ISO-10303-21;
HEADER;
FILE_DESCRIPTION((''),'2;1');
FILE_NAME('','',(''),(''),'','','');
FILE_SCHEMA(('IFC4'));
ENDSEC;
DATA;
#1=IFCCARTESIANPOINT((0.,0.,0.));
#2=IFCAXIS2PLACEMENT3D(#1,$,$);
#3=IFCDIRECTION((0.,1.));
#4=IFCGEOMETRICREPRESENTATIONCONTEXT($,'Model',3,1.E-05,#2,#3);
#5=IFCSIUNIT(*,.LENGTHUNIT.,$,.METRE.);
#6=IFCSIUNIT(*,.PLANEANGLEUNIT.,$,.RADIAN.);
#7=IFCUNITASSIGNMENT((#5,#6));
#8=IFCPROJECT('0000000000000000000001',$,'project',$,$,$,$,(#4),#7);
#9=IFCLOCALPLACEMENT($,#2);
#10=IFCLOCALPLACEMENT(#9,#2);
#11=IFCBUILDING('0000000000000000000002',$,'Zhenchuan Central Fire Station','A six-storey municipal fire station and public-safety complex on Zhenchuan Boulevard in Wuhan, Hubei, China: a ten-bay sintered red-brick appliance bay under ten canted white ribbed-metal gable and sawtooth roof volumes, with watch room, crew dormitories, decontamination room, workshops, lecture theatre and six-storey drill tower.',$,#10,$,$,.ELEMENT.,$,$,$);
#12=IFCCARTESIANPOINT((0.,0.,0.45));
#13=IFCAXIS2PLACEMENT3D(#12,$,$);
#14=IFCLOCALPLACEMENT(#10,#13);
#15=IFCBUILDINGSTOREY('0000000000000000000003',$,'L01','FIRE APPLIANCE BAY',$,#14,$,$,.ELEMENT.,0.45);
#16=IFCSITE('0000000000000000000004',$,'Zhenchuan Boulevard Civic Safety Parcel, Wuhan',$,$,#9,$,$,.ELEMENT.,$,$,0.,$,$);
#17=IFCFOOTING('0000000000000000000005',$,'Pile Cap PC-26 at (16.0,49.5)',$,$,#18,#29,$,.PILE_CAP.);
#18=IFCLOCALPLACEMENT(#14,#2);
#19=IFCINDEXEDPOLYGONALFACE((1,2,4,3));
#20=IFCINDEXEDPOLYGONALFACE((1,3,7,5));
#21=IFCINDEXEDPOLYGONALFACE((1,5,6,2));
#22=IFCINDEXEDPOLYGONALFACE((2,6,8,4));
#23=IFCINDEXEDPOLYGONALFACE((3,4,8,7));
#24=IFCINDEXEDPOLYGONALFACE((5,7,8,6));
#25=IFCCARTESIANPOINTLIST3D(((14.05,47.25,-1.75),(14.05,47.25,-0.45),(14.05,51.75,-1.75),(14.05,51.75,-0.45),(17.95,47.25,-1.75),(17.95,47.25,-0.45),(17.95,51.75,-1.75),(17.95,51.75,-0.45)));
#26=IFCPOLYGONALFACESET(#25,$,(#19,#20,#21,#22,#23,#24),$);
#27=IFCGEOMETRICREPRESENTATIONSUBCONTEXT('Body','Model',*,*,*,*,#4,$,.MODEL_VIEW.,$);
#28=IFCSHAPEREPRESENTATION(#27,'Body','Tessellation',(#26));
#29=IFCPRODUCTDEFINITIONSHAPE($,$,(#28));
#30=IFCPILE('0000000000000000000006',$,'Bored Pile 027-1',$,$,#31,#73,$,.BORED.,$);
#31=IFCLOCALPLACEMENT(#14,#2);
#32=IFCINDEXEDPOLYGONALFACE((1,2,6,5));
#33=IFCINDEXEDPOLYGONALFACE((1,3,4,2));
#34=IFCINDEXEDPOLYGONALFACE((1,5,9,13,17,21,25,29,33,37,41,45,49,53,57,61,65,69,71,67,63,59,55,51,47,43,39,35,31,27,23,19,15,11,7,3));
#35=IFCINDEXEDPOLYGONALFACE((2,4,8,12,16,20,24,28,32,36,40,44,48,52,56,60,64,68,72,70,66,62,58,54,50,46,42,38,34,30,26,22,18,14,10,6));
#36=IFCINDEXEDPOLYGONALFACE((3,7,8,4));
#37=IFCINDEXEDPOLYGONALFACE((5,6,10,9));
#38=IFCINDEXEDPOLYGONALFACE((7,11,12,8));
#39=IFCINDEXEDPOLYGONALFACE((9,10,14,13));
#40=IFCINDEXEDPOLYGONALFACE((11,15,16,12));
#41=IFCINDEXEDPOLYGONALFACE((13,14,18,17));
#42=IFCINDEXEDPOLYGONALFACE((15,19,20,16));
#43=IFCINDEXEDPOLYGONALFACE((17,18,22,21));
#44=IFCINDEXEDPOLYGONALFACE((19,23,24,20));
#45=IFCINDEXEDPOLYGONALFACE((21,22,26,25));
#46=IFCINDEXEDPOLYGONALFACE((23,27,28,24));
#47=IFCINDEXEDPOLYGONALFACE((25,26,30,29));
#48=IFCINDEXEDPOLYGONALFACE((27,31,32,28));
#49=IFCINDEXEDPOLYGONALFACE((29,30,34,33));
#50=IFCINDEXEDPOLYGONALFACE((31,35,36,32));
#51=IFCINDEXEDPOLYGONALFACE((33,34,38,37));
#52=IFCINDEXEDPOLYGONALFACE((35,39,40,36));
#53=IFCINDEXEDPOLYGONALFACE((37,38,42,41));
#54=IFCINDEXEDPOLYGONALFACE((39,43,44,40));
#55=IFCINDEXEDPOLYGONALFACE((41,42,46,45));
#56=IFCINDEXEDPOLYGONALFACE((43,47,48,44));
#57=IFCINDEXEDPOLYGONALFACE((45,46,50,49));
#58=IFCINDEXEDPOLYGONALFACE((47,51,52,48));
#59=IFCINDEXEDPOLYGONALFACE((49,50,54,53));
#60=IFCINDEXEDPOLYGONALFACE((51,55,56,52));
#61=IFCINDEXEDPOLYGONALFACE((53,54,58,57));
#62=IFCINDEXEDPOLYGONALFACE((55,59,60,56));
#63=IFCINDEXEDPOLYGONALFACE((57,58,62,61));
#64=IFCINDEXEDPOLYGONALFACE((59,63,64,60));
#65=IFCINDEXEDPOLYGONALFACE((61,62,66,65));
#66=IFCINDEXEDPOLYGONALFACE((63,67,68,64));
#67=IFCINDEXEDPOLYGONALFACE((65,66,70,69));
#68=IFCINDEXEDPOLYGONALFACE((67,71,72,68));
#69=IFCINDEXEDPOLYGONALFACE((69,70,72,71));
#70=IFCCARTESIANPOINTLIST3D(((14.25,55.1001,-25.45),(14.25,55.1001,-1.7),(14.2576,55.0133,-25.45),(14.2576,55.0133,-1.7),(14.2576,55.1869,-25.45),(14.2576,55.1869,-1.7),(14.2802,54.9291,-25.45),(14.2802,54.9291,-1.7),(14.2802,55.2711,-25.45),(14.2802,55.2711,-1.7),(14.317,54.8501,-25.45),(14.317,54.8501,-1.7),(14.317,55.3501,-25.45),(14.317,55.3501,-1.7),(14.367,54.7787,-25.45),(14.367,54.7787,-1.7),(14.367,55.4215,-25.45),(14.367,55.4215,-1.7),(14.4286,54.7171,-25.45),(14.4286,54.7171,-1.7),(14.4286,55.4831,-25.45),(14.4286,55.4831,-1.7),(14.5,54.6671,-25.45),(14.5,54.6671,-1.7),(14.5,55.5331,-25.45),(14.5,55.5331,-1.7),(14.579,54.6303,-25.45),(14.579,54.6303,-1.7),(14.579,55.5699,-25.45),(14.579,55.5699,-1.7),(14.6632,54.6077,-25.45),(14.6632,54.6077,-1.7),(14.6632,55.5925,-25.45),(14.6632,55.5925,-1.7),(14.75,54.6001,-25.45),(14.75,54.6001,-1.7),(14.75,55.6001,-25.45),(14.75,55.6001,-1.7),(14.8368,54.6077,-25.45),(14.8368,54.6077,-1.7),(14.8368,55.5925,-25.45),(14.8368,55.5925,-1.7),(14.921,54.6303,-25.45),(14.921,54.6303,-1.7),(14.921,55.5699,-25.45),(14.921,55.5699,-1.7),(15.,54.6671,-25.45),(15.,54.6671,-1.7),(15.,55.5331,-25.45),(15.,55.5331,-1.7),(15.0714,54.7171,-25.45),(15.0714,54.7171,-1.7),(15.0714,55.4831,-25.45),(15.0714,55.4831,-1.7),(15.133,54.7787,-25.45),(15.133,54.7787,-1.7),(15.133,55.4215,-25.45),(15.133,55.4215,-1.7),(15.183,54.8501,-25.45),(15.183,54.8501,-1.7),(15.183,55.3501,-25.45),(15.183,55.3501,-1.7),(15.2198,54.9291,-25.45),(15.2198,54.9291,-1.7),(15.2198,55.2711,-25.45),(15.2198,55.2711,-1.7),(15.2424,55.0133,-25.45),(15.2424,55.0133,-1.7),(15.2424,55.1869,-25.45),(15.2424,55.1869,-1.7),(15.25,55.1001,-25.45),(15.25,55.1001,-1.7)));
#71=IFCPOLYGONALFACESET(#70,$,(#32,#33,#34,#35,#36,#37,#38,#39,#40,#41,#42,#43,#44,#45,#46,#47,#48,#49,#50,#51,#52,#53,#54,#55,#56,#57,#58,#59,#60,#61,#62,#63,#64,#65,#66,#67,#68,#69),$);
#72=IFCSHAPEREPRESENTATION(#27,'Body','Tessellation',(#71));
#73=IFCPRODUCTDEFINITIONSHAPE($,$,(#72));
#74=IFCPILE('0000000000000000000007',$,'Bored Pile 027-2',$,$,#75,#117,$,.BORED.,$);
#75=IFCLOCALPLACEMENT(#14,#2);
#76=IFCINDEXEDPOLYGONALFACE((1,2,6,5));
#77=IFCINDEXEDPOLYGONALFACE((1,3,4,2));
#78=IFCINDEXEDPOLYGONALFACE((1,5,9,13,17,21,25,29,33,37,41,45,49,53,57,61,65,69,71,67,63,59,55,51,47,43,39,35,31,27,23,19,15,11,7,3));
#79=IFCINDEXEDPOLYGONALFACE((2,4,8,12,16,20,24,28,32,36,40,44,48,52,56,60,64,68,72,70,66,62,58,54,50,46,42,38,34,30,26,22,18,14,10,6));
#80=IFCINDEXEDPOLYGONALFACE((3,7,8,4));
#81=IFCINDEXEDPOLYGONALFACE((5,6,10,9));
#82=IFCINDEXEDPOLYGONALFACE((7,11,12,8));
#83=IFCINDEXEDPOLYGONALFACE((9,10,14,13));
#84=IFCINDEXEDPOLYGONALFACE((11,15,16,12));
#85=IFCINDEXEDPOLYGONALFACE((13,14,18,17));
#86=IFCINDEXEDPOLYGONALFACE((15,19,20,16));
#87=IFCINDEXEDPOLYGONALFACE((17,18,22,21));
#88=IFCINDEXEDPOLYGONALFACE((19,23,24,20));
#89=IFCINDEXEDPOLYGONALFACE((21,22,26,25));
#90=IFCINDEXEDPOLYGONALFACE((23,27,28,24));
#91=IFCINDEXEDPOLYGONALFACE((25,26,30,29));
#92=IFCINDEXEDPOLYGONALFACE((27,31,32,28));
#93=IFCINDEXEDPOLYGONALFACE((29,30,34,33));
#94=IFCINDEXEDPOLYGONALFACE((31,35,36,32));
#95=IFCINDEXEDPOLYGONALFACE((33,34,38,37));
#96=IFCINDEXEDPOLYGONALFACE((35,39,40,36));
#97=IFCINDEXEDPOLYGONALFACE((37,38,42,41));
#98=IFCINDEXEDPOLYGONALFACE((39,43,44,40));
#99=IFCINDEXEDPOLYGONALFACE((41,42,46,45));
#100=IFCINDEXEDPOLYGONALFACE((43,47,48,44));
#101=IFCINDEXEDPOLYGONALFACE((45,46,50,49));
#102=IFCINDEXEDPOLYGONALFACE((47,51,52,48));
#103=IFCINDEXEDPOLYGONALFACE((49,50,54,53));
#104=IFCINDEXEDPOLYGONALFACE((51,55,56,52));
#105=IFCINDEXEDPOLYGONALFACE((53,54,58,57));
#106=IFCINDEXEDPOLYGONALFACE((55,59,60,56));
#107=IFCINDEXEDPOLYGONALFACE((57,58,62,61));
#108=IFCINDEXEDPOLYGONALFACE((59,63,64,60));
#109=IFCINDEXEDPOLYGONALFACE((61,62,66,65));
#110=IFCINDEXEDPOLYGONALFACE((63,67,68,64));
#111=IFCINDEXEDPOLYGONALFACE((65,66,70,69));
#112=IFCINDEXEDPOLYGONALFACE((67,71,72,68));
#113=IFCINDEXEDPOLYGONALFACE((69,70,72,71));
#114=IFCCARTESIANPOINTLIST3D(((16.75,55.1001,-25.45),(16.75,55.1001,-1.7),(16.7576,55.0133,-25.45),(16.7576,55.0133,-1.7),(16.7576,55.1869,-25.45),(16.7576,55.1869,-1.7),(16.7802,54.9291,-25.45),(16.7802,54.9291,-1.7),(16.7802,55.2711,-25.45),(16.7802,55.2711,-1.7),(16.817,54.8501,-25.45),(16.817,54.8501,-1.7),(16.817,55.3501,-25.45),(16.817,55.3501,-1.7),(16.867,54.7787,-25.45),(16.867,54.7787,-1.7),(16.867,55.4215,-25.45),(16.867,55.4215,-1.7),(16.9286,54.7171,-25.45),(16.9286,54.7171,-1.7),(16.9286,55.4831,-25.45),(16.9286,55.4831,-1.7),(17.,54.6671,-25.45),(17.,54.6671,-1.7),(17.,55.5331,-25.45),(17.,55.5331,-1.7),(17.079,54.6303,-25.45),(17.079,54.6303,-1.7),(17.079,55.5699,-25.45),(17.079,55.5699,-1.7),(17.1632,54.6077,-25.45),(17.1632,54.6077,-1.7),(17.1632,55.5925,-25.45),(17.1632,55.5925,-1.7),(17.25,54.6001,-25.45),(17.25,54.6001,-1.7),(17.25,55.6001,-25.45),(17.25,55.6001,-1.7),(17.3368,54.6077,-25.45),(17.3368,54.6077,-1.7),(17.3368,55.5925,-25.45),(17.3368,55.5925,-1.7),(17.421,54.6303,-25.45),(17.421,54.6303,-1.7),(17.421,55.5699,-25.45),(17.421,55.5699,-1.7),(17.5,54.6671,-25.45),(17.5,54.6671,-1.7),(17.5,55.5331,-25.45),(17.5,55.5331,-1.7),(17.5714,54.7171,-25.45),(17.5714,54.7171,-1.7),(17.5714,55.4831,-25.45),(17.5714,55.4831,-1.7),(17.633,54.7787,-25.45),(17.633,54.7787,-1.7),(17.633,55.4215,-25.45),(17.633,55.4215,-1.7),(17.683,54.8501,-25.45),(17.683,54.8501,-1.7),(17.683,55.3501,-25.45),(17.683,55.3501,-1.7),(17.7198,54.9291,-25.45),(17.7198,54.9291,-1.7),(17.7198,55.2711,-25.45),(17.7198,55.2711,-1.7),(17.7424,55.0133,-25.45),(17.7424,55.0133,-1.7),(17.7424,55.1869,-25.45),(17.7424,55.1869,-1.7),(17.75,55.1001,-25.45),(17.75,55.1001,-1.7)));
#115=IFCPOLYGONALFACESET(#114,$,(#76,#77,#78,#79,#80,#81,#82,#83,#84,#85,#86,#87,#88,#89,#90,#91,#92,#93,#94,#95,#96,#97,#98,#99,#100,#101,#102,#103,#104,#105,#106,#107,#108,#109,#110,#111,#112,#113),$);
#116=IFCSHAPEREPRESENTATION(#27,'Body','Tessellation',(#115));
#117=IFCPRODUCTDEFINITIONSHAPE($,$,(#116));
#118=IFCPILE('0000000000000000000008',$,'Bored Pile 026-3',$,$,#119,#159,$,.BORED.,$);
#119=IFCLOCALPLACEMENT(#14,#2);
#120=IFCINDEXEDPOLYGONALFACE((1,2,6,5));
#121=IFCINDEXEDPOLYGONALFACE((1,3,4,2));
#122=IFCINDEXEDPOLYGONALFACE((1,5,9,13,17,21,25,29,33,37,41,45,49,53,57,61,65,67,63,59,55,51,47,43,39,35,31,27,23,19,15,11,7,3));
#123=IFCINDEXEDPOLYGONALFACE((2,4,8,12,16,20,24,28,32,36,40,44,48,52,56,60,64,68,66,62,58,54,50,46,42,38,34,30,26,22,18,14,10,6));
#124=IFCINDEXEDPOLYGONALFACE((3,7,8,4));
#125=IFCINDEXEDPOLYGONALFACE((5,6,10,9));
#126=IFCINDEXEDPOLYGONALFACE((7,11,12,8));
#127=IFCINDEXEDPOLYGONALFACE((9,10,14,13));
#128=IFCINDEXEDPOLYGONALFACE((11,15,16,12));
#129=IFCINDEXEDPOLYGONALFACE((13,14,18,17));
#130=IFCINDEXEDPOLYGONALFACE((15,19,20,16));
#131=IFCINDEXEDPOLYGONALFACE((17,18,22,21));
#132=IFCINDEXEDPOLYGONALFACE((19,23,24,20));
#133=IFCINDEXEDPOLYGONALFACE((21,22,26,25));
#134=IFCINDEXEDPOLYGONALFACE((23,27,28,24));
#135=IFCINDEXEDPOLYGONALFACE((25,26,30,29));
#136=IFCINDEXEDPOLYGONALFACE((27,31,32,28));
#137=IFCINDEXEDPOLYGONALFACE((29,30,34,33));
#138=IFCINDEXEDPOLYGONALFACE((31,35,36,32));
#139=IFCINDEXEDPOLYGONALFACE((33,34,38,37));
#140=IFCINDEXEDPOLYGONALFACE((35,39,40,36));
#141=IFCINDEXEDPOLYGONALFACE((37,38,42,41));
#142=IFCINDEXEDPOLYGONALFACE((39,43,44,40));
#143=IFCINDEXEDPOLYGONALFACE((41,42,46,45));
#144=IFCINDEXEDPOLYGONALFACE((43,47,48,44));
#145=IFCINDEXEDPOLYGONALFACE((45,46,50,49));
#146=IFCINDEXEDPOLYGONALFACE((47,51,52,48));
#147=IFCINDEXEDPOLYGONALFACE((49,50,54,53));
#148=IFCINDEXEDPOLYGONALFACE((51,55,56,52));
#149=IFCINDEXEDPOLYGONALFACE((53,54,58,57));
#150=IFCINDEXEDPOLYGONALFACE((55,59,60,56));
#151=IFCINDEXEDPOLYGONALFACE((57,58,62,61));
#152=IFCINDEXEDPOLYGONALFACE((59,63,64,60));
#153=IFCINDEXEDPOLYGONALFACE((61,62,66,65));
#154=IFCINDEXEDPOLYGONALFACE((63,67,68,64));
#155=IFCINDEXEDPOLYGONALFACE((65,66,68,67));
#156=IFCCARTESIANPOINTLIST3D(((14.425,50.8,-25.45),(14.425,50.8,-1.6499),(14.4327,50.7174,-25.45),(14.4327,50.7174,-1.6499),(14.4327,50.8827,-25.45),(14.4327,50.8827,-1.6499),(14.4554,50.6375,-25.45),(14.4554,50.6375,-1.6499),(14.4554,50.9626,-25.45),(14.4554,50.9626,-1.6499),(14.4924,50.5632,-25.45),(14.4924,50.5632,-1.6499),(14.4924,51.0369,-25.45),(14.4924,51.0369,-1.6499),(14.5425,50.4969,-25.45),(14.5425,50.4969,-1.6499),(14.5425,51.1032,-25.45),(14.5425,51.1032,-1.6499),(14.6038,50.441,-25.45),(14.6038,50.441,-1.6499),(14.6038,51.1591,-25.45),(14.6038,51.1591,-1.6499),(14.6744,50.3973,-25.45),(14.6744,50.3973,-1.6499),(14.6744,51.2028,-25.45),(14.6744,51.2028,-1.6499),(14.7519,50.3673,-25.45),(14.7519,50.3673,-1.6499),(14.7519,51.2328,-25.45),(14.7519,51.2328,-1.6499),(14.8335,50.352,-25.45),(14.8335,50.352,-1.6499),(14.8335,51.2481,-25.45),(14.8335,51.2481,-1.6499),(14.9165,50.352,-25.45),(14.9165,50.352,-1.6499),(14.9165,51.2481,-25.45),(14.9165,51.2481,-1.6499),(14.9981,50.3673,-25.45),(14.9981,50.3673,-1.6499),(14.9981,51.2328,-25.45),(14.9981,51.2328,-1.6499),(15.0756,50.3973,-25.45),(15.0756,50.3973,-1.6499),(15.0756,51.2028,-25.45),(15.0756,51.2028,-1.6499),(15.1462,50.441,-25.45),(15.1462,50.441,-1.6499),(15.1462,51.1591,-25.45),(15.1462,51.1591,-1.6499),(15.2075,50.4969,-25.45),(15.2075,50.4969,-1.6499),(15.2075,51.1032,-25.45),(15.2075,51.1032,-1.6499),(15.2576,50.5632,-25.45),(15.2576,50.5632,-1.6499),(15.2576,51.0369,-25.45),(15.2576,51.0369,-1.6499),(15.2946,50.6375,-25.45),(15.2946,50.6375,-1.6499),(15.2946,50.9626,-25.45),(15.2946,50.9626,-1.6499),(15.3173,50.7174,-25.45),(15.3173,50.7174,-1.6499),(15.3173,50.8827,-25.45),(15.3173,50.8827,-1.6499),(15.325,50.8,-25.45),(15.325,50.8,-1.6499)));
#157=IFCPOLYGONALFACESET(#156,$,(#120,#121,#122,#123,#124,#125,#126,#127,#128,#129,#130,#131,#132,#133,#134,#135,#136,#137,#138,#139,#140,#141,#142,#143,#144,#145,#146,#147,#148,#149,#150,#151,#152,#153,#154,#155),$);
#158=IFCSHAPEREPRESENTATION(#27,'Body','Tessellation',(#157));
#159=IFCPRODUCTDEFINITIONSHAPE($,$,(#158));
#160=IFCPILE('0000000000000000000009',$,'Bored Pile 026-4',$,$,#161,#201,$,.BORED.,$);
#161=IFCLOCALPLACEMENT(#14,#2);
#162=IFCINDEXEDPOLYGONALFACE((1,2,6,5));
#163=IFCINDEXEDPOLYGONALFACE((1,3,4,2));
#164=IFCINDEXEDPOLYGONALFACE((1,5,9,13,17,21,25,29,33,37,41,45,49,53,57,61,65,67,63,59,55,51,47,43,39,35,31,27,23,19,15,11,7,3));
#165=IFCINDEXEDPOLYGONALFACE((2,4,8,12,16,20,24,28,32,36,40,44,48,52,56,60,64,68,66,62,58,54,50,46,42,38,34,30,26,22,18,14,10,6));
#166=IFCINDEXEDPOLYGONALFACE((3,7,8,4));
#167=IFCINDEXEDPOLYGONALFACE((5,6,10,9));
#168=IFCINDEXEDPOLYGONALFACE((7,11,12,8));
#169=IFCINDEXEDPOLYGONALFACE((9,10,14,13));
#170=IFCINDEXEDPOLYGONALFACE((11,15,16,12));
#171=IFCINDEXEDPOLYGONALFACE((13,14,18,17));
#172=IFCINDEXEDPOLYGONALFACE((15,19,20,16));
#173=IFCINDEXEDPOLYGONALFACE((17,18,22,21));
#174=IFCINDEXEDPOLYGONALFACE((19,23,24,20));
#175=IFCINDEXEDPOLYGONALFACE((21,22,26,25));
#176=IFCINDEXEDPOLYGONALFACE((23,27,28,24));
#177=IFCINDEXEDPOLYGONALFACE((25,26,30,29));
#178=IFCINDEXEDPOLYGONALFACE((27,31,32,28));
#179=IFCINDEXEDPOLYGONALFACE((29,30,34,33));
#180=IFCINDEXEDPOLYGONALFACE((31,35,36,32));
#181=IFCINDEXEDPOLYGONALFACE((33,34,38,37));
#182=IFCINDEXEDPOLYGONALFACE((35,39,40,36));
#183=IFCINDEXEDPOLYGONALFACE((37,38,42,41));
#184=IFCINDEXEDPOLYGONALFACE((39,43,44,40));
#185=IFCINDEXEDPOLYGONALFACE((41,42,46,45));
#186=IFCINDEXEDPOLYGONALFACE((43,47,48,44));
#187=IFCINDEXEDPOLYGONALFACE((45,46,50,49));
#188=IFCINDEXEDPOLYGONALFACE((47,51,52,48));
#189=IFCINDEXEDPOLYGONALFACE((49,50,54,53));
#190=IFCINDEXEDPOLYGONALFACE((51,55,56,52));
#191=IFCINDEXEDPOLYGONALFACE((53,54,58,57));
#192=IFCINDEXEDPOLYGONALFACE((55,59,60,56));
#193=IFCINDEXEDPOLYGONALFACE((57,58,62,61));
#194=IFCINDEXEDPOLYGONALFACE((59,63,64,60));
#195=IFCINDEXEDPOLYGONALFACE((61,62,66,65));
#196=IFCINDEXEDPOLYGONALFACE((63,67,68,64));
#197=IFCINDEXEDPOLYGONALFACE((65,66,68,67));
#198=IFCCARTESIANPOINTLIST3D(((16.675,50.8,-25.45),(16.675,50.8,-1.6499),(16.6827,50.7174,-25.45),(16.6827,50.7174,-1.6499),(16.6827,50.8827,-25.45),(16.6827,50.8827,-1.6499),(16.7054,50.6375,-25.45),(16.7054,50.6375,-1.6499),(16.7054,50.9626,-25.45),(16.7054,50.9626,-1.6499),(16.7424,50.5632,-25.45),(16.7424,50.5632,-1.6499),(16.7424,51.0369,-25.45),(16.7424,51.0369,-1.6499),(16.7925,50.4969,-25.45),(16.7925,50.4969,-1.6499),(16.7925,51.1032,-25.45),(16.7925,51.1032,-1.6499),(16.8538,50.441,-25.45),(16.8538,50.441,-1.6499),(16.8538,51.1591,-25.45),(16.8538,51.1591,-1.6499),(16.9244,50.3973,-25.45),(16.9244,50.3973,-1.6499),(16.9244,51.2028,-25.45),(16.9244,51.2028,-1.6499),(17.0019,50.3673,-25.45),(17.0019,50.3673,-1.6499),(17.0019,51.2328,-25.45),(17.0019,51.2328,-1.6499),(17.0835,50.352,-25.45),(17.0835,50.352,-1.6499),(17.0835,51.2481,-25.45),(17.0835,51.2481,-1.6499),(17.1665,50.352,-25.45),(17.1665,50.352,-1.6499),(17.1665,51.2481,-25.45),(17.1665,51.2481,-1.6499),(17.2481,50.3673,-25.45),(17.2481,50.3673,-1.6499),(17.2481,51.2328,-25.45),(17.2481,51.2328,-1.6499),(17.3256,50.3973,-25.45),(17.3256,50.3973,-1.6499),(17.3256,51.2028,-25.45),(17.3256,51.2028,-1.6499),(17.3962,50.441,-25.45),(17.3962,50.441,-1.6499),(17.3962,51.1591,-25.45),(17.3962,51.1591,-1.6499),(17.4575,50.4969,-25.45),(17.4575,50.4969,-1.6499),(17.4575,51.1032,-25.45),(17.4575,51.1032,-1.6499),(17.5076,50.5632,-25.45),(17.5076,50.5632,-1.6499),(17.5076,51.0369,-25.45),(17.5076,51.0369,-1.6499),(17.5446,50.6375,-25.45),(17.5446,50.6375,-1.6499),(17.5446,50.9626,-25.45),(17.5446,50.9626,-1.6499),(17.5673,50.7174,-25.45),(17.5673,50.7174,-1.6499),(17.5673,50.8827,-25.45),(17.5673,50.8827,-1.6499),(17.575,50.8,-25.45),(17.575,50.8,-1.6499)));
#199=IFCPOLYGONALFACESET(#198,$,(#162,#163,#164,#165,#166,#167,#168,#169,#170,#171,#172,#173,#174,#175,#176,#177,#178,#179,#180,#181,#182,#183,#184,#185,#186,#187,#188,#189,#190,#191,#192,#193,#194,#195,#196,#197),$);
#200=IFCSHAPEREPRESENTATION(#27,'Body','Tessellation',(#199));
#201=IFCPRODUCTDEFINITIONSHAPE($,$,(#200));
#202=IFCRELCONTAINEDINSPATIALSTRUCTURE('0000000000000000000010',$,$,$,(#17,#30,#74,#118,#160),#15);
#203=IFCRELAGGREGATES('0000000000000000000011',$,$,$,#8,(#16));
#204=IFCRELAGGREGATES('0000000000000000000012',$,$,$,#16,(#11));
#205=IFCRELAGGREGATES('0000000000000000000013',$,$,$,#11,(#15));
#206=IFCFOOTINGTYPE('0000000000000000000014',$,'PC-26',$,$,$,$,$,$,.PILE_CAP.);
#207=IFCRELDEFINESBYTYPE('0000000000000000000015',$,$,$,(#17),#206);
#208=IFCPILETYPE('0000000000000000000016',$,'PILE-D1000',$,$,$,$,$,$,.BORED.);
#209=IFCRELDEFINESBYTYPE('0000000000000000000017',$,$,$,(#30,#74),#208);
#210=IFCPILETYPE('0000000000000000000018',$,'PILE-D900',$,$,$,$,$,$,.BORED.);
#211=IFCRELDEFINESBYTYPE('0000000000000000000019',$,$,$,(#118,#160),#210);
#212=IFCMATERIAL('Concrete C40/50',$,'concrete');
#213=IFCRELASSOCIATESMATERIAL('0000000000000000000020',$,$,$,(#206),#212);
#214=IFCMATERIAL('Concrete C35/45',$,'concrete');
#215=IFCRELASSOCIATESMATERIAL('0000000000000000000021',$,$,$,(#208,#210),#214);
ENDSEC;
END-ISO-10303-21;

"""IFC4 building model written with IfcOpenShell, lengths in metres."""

from ifc_helpers import new_model, si_unit, direction, frame, origin, origin_2d, place, context, subcontext, project, spatial, rectangle, circle, extrude, material, material_profile, profile_set, type_object, element, save


model = new_model("IFC4")

# Units and contexts
model_context = context("Model", 3, precision=1e-05, world=origin(), true_north=direction((0.0, 1.0)))
body_context = subcontext(model_context, "Body", "Model", "MODEL_VIEW")
ifc_project = project(units=[si_unit("LENGTHUNIT", "METRE"), si_unit("PLANEANGLEUNIT", "RADIAN")], contexts=[model_context])

# Site, building, storey
site_placement = place(None, origin())
site = spatial("IfcSite", under=ifc_project, at=site_placement, Name="Zhenchuan Boulevard Civic Safety Parcel, Wuhan", CompositionType="ELEMENT", RefElevation=0.0)
building_placement = place(site_placement, origin())
building = spatial("IfcBuilding", under=site, at=building_placement, Name="Zhenchuan Central Fire Station", Description="A six-storey municipal fire station and public-safety complex on Zhenchuan Boulevard in Wuhan, Hubei, China: a ten-bay sintered red-brick appliance bay under ten canted white ribbed-metal gable and sawtooth roof volumes, with watch room, crew dormitories, decontamination room, workshops, lecture theatre and six-storey drill tower.", CompositionType="ELEMENT")
storey_placement = place(building_placement, frame((0.0, 0.0, 0.45)))
storey = spatial("IfcBuildingStorey", under=building, at=storey_placement, Name="L01", Description="FIRE APPLIANCE BAY", CompositionType="ELEMENT", Elevation=0.45)

# Footing
ifc_material_1 = material(Name="Concrete C40/50", Category="concrete")
footing_type = type_object("IfcFootingType", Name="PC-26", PredefinedType="PILE_CAP", material=ifc_material_1)
footing_placement = place(storey_placement, frame((16.0, 49.5, -1.75), z_axis=(0.0, 0.0, 1.0), x_axis=(1.0, 0.0, 0.0)))
element("IfcFooting", 1, at=footing_placement, inside=storey, type_object=footing_type, Name="Pile Cap PC-26 at (16.0,49.5)", PredefinedType="PILE_CAP", context=body_context, shape_type="SweptSolid", body=[
    extrude(rectangle(XDim=3.8999, YDim=4.5, at=origin_2d()), origin(), (0.0, 0.0, 1.0), 1.3),
])

# Piles
ifc_material_2 = material(Name="Concrete C35/45", Category="concrete")
ifc_material_profile_1 = material_profile(ifc_material_2, circle(Radius=0.5, at=origin_2d()), Name="PILE D1000")
ifc_profile_set_1 = profile_set([ifc_material_profile_1], Name="Concrete C35/45")
pile_type_1 = type_object("IfcPileType", Name="PILE-D1000", PredefinedType="BORED", material=ifc_profile_set_1)
for number, where, z_axis, x_axis, name in (
    (2, (14.75, 55.1001, -1.7), (0.0, 0.0, -1.0), (1.0, 0.0, 0.0), "Bored Pile 027-1"),
    (3, (17.25, 55.1001, -1.7), (0.0, 0.0, -1.0), (1.0, 0.0, 0.0), "Bored Pile 027-2"),
):
    element("IfcPile", number, at=place(storey_placement, frame(where, z_axis=z_axis, x_axis=x_axis)), inside=storey, type_object=pile_type_1, Name=name, PredefinedType="BORED", context=body_context, shape_type="SweptSolid", body=[
        extrude(circle(Radius=0.5, at=origin_2d()), origin(), (0.0, 0.0, 1.0), 23.75),
    ])
ifc_material_profile_2 = material_profile(ifc_material_2, circle(Radius=0.45, at=origin_2d()), Name="PILE D900")
ifc_profile_set_2 = profile_set([ifc_material_profile_2], Name="Concrete C35/45")
pile_type_2 = type_object("IfcPileType", Name="PILE-D900", PredefinedType="BORED", material=ifc_profile_set_2)
for number, where, z_axis, x_axis, name in (
    (4, (14.875, 50.8, -1.6499), (0.0, 0.0, -1.0), (1.0, 0.0, 0.0), "Bored Pile 026-3"),
    (5, (17.125, 50.8, -1.6499), (0.0, 0.0, -1.0), (1.0, 0.0, 0.0), "Bored Pile 026-4"),
):
    element("IfcPile", number, at=place(storey_placement, frame(where, z_axis=z_axis, x_axis=x_axis)), inside=storey, type_object=pile_type_2, Name=name, PredefinedType="BORED", context=body_context, shape_type="SweptSolid", body=[
        extrude(circle(Radius=0.45, at=origin_2d()), origin(), (0.0, 0.0, 1.0), 23.8),
    ])

save(model, "model.ifc")
